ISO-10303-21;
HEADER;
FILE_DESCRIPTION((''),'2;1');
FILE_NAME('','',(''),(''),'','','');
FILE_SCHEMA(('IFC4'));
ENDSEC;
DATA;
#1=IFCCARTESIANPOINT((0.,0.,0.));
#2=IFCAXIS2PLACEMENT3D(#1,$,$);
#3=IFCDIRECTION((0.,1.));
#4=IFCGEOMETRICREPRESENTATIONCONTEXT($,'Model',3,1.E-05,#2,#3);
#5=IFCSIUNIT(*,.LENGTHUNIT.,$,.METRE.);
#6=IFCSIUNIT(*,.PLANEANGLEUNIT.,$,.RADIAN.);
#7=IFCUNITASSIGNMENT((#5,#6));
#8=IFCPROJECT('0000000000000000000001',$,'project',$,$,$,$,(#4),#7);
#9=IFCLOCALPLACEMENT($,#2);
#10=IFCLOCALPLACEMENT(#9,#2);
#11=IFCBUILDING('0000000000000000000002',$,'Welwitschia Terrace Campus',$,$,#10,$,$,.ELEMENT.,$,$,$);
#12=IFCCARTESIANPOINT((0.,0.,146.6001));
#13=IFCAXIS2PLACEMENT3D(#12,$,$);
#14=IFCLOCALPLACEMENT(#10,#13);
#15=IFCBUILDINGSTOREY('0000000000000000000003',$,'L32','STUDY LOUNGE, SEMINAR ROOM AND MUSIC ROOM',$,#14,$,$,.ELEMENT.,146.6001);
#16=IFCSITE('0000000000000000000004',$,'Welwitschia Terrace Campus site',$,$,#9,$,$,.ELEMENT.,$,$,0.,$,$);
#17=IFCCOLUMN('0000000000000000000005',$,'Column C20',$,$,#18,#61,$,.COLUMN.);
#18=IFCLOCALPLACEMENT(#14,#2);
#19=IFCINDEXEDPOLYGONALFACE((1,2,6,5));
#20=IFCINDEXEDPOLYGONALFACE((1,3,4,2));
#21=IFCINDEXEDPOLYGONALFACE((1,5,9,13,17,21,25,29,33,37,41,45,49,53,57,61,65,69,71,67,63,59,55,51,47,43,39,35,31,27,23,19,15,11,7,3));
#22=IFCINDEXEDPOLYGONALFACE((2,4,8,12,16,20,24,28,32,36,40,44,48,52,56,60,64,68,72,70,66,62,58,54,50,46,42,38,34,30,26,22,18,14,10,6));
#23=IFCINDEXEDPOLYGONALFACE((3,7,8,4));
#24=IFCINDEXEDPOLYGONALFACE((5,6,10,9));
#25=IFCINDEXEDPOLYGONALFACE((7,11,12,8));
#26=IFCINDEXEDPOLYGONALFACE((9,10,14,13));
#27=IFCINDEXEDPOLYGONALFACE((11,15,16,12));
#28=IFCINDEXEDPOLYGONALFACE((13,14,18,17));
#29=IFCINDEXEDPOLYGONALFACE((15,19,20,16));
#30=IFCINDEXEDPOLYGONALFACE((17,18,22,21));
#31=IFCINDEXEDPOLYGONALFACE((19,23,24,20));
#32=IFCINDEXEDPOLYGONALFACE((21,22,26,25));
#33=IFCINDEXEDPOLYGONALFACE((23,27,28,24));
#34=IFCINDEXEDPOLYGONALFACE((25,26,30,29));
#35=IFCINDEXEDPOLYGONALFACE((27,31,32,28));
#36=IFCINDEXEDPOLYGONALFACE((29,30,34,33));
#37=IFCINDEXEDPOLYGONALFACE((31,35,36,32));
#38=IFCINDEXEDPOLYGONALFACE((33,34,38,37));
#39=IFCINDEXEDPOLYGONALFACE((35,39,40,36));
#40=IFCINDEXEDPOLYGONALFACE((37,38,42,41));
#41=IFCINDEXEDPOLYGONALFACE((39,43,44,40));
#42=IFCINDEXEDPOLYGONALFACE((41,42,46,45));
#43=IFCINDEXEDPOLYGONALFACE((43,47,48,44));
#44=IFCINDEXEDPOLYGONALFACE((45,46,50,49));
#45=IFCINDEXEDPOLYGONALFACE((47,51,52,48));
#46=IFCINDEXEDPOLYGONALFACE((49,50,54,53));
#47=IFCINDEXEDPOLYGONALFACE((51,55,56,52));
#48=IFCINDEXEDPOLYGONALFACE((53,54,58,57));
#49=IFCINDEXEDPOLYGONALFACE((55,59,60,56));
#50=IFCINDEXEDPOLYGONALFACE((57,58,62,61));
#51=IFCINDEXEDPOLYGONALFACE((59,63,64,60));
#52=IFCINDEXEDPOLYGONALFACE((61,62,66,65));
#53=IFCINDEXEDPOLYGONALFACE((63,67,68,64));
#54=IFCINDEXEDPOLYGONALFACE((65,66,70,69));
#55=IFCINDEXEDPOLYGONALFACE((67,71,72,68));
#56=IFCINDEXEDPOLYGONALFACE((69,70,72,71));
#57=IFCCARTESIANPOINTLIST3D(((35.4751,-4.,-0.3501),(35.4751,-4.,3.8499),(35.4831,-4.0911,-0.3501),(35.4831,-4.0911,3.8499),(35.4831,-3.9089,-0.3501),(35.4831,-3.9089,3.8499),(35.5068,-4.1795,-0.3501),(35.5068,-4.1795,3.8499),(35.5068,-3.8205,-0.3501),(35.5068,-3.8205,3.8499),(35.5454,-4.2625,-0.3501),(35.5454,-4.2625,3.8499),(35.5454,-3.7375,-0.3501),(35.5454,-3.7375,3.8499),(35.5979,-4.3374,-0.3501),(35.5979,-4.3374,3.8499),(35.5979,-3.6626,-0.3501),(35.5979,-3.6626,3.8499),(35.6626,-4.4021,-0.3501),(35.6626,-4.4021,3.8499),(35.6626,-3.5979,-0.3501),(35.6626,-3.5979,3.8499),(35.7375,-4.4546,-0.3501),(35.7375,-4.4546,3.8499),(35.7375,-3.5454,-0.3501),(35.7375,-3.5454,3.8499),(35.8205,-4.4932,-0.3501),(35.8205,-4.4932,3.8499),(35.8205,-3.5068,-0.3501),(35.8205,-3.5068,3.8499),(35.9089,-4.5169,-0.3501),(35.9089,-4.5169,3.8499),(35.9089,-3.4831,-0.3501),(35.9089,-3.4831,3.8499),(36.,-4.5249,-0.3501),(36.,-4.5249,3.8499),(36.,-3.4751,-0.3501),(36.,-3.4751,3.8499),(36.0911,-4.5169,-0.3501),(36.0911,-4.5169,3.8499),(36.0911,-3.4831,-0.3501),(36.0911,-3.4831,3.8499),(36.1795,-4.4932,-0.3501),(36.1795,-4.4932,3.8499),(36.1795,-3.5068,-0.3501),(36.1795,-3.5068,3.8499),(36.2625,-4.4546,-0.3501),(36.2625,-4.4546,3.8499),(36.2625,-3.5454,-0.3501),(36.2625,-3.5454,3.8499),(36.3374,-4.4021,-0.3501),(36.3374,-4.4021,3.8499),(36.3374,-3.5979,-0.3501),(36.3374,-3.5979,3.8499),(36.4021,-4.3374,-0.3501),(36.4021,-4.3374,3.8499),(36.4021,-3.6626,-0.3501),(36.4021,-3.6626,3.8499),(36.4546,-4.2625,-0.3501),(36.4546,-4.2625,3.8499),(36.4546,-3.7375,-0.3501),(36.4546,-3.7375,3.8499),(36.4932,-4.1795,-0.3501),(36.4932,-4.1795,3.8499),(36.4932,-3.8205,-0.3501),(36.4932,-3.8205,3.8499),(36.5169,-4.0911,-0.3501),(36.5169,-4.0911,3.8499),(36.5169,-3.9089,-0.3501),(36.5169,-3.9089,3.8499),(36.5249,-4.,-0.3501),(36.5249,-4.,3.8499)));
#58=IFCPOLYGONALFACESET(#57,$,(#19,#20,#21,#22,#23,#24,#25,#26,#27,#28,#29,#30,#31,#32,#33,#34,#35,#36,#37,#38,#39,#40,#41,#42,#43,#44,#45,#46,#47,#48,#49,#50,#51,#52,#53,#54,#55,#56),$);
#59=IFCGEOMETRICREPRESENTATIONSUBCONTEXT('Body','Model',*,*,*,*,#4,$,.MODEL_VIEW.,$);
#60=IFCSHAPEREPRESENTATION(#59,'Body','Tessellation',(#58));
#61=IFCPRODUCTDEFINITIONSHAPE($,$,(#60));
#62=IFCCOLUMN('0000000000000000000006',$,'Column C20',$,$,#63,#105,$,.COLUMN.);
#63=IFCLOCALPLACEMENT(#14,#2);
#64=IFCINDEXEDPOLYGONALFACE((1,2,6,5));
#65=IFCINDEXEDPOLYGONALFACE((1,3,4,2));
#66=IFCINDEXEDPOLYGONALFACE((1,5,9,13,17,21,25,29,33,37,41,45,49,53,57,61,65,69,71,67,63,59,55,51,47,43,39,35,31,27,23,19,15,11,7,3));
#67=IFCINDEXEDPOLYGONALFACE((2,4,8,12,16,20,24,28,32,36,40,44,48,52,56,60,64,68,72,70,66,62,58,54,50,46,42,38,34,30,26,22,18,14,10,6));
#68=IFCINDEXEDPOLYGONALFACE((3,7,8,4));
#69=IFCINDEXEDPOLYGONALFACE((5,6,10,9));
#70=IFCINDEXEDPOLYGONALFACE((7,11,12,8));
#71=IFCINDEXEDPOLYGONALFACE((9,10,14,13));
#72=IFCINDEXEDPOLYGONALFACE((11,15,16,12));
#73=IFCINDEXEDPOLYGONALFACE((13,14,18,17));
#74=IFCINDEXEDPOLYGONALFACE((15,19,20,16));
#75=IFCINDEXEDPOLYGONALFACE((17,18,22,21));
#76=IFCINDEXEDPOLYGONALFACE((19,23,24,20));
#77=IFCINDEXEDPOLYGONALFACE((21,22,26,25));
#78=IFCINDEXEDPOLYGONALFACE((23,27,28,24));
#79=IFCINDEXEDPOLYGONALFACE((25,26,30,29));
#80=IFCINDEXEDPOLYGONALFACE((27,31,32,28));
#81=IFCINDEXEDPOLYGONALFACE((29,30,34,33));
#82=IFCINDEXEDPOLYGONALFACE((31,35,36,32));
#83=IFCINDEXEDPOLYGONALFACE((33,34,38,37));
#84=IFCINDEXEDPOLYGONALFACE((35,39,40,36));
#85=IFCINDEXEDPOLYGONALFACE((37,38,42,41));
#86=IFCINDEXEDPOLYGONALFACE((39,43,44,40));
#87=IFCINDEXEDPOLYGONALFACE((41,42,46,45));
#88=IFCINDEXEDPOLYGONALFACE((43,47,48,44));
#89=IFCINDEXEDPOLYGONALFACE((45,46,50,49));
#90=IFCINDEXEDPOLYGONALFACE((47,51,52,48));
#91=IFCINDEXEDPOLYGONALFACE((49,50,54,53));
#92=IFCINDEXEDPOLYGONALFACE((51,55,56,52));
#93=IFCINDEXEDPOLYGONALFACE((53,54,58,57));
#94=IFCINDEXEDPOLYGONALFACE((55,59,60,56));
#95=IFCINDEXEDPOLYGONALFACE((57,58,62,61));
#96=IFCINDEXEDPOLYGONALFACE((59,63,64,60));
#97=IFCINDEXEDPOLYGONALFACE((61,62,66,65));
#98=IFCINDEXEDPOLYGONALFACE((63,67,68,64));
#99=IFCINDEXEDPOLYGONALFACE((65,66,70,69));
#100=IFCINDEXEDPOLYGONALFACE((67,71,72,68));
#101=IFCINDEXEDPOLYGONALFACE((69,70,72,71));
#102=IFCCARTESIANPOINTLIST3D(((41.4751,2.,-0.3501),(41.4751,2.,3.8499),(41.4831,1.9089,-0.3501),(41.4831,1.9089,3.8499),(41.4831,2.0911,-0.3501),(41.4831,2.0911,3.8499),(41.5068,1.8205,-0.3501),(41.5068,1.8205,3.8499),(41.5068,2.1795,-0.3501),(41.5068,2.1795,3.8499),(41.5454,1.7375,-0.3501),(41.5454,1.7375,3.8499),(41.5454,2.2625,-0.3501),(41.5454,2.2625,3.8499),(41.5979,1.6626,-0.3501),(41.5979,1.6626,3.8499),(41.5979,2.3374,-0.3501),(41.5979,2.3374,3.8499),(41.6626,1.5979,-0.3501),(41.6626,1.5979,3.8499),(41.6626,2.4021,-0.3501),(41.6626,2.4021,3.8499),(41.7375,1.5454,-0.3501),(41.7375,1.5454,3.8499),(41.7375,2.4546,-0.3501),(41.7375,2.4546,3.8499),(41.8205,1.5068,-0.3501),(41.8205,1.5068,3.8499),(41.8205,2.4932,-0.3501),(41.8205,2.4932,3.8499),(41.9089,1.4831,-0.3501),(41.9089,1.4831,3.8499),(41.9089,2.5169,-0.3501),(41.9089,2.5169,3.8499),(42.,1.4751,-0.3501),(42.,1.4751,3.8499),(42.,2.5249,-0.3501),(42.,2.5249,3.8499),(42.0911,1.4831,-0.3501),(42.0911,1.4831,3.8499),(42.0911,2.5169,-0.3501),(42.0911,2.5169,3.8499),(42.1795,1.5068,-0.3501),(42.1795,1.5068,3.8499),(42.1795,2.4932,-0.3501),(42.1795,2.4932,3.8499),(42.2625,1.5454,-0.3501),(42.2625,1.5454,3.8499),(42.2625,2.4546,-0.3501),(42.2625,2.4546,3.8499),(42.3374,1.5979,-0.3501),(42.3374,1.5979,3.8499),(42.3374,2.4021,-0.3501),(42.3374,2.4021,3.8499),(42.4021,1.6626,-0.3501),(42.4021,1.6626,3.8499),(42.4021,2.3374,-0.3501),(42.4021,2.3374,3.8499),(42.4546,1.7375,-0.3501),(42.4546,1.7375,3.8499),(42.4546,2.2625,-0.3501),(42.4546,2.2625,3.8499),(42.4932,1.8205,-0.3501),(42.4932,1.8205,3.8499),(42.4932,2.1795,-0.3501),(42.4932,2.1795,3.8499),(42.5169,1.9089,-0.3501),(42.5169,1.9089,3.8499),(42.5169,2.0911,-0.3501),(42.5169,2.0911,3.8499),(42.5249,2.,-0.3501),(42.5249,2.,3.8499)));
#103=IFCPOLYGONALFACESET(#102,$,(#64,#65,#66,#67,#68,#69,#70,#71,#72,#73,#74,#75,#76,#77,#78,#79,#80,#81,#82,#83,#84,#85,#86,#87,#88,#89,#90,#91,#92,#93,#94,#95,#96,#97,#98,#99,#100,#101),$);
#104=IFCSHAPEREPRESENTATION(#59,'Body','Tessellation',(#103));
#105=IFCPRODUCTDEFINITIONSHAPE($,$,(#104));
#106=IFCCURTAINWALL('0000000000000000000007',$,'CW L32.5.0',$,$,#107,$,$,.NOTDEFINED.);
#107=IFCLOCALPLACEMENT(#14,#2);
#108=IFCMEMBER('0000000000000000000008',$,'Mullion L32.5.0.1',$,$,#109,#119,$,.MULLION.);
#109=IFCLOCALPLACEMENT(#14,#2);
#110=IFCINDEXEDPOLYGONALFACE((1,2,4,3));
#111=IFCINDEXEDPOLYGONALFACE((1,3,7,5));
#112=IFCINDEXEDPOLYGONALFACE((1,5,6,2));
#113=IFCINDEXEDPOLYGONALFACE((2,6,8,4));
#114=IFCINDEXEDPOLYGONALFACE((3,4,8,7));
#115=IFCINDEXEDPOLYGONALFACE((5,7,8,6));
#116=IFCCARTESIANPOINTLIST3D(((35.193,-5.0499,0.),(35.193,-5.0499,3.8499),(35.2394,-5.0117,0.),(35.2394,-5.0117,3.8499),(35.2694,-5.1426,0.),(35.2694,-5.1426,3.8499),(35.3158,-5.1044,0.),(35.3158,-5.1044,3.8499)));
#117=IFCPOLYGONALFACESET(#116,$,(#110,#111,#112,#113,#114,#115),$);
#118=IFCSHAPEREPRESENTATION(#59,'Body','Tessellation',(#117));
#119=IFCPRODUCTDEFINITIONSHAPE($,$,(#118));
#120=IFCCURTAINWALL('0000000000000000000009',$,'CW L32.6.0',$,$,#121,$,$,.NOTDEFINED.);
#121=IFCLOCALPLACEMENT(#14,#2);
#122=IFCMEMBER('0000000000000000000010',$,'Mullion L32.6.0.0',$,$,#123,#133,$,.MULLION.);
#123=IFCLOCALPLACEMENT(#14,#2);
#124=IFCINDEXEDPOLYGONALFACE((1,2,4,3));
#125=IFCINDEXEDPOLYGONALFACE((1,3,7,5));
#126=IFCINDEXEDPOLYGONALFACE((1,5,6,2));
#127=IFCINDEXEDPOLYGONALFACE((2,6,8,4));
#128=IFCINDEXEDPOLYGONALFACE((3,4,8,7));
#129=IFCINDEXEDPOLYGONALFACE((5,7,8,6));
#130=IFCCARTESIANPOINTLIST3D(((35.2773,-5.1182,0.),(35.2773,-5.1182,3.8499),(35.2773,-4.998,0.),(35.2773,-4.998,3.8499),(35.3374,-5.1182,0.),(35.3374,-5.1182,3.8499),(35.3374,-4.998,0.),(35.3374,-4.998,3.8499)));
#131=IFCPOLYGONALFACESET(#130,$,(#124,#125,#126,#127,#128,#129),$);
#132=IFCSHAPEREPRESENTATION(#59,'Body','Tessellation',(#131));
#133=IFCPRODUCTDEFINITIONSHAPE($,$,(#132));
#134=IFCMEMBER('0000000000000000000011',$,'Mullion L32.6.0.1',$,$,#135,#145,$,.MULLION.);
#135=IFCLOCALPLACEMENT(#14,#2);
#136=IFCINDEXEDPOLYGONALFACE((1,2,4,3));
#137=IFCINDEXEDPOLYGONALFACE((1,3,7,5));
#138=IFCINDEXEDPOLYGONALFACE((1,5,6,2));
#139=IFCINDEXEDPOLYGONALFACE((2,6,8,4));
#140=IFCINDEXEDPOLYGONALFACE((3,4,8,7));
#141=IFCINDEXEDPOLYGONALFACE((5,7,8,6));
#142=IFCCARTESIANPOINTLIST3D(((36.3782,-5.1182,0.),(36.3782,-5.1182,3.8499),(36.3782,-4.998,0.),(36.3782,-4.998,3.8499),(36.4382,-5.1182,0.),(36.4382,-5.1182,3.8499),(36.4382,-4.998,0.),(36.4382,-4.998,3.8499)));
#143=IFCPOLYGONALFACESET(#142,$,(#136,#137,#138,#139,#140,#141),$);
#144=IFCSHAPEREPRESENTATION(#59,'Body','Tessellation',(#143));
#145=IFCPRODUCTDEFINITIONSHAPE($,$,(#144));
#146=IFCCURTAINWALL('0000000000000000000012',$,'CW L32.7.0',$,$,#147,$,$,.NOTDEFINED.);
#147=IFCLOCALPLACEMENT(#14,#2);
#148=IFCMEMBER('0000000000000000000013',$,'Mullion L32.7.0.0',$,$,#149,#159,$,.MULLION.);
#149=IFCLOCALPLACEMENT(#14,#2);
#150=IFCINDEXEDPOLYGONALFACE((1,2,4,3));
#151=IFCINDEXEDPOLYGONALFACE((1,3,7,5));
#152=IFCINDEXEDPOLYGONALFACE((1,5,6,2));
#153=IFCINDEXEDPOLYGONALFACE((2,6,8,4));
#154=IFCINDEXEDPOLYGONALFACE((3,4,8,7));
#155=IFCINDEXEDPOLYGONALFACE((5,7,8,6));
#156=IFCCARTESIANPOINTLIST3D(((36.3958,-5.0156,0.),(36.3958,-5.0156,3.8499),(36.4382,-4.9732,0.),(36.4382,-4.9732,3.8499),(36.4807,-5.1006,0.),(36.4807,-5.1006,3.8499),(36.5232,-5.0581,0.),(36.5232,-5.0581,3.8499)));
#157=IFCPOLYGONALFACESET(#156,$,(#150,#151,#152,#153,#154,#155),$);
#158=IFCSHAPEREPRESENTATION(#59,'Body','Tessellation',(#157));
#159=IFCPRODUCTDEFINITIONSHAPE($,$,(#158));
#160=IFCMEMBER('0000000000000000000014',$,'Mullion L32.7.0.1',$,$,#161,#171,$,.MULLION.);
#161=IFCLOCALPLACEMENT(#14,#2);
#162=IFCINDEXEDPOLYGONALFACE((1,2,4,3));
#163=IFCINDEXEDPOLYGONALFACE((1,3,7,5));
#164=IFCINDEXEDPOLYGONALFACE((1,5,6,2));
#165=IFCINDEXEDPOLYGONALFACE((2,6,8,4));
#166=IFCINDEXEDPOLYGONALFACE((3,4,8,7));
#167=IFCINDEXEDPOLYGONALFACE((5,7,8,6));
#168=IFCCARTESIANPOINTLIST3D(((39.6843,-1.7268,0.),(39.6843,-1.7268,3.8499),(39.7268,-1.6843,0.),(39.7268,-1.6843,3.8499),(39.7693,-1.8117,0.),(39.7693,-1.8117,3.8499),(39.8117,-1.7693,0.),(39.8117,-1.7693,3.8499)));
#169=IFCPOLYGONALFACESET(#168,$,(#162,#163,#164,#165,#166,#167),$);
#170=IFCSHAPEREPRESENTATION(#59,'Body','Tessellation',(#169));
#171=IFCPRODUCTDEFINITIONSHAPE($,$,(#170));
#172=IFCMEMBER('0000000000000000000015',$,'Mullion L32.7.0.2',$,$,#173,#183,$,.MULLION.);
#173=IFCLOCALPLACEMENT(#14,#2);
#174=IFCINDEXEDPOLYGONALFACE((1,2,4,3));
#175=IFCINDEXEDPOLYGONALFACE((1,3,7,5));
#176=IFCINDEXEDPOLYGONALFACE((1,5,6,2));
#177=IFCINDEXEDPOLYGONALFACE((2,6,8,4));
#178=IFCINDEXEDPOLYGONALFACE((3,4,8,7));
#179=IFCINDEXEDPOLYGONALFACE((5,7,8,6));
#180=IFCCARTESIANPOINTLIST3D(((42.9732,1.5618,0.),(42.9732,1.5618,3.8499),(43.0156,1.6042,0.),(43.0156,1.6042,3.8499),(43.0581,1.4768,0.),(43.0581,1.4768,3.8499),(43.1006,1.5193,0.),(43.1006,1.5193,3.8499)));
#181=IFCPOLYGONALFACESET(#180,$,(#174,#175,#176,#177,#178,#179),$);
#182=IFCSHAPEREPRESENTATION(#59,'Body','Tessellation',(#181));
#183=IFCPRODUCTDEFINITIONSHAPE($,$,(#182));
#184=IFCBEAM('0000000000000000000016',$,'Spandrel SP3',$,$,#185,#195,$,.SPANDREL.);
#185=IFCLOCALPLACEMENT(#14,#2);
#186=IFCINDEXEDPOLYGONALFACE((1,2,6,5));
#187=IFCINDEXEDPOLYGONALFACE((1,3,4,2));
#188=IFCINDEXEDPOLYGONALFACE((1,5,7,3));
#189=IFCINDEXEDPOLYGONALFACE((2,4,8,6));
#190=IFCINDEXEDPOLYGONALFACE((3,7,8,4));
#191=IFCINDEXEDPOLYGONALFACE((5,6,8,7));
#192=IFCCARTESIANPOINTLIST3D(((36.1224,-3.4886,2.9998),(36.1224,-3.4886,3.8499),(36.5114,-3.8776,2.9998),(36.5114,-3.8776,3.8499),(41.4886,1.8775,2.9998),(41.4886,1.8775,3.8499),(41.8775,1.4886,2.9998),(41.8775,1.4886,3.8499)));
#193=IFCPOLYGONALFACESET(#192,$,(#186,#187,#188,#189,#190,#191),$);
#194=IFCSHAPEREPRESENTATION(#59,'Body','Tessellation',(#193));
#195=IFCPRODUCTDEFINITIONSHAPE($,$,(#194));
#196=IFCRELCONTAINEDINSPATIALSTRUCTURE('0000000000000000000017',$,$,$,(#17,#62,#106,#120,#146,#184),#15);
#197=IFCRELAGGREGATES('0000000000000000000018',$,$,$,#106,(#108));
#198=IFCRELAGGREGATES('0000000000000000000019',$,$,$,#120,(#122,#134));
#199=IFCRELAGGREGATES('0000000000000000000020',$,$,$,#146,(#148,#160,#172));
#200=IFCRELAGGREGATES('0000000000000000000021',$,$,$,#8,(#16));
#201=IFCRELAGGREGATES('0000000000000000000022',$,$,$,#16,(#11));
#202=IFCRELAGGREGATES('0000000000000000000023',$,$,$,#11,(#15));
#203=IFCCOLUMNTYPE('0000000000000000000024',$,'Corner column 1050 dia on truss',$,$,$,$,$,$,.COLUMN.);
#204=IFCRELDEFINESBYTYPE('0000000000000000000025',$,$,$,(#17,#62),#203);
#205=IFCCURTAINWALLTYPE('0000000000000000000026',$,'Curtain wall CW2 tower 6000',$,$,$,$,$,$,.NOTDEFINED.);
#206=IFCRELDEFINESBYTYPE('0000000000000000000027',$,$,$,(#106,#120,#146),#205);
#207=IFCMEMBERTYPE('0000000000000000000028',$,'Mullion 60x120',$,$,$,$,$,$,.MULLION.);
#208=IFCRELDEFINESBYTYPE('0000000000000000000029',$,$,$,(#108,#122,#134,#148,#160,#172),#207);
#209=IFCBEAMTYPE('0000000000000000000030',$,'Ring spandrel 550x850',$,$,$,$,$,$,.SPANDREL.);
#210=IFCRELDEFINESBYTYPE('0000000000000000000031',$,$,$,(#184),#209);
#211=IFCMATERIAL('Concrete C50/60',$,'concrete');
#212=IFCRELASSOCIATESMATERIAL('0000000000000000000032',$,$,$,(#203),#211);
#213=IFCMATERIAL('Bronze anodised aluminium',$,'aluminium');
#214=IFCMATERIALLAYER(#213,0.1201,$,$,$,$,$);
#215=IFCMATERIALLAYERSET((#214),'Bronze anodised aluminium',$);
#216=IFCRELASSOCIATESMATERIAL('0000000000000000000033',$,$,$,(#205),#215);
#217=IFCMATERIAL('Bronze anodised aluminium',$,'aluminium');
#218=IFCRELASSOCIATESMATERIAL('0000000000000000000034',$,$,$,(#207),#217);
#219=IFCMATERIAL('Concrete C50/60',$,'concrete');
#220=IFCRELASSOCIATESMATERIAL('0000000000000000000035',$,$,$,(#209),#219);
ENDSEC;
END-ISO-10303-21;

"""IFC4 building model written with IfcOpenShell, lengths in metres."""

from ifc_helpers import new_model, si_unit, direction, frame, origin, origin_2d, place, context, subcontext, project, spatial, rectangle, circle, extrude, material, layer, layer_set, material_profile, profile_set, type_object, element, aggregate, save


model = new_model("IFC4")

# Units and contexts
model_context = context("Model", 3, precision=1e-05, world=origin(), true_north=direction((0.0, 1.0)))
body_context = subcontext(model_context, "Body", "Model", "MODEL_VIEW")
ifc_project = project(units=[si_unit("LENGTHUNIT", "METRE"), si_unit("PLANEANGLEUNIT", "RADIAN")], contexts=[model_context])

# Site, building, storey
site_placement = place(None, origin())
site = spatial("IfcSite", under=ifc_project, at=site_placement, Name="Welwitschia Terrace Campus site", CompositionType="ELEMENT", RefElevation=0.0)
building_placement = place(site_placement, origin())
building = spatial("IfcBuilding", under=site, at=building_placement, Name="Welwitschia Terrace Campus", CompositionType="ELEMENT")
storey_placement = place(building_placement, frame((0.0, 0.0, 146.6001)))
storey = spatial("IfcBuildingStorey", under=building, at=storey_placement, Name="L32", Description="STUDY LOUNGE, SEMINAR ROOM AND MUSIC ROOM", CompositionType="ELEMENT", Elevation=146.6001)

# Columns
ifc_material_1 = material(Name="Concrete C50/60", Category="concrete")
ifc_material_profile_1 = material_profile(ifc_material_1, circle(Radius=0.5249, at=origin_2d()))
ifc_profile_set_1 = profile_set([ifc_material_profile_1], Name="Concrete C50/60")
column_type = type_object("IfcColumnType", Name="Corner column 1050 dia on truss", PredefinedType="COLUMN", material=ifc_profile_set_1)
for number, where, z_axis, x_axis, name in (
    (1, (36.0, -4.0, -0.3501), (0.0, 0.0, 1.0), (1.0, 0.0, 0.0), "Column C20"),
    (2, (42.0, 2.0, -0.3501), (0.0, 0.0, 1.0), (1.0, 0.0, 0.0), "Column C20"),
):
    element("IfcColumn", number, at=place(storey_placement, frame(where, z_axis=z_axis, x_axis=x_axis)), inside=storey, type_object=column_type, Name=name, PredefinedType="COLUMN", context=body_context, shape_type="SweptSolid", body=[
        extrude(circle(Radius=0.5249, at=origin_2d()), origin(), (0.0, 0.0, 1.0), 4.2),
    ])

# Curtain wall, member
ifc_material_2 = material(Name="Bronze anodised aluminium", Category="aluminium")
ifc_layer_1 = layer(ifc_material_2, 0.1201)
ifc_layer_set_1 = layer_set([ifc_layer_1], Name="Bronze anodised aluminium")
curtain_wall_type = type_object("IfcCurtainWallType", Name="Curtain wall CW2 tower 6000", PredefinedType="NOTDEFINED", material=ifc_layer_set_1)
curtain_wall_1_placement = place(storey_placement, origin())
curtain_wall_1 = element("IfcCurtainWall", 3, at=curtain_wall_1_placement, inside=storey, type_object=curtain_wall_type, Name="CW L32.5.0", PredefinedType="NOTDEFINED")
ifc_material_3 = material(Name="Bronze anodised aluminium", Category="aluminium")
ifc_material_profile_2 = material_profile(ifc_material_3, rectangle(XDim=0.1201, YDim=0.0601, at=origin_2d()))
ifc_profile_set_2 = profile_set([ifc_material_profile_2], Name="Bronze anodised aluminium")
member_type_1 = type_object("IfcMemberType", Name="Mullion 60x120", PredefinedType="MULLION", material=ifc_profile_set_2)
member_1_placement = place(storey_placement, frame((35.2544, -5.0771, 0.0), z_axis=(0.0, 0.0, 1.0), x_axis=(-0.636078, 0.771625, 0.0)))
member_1 = element("IfcMember", 4, at=member_1_placement, type_object=member_type_1, Name="Mullion L32.5.0.1", PredefinedType="MULLION", context=body_context, shape_type="SweptSolid", body=[
    extrude(rectangle(XDim=0.1201, YDim=0.0601, at=origin_2d()), origin(), (0.0, 0.0, 1.0), 3.8499),
])

# Curtain walls, members
curtain_wall_2_placement = place(storey_placement, origin())
curtain_wall_2 = element("IfcCurtainWall", 5, at=curtain_wall_2_placement, inside=storey, type_object=curtain_wall_type, Name="CW L32.6.0", PredefinedType="NOTDEFINED")
member_2_placement = place(storey_placement, frame((35.3074, -5.0581, 0.0), z_axis=(0.0, 0.0, 1.0), x_axis=(0.0, 1.0, 0.0)))
member_2 = element("IfcMember", 6, at=member_2_placement, type_object=member_type_1, Name="Mullion L32.6.0.0", PredefinedType="MULLION", context=body_context, shape_type="SweptSolid", body=[
    extrude(rectangle(XDim=0.1201, YDim=0.0601, at=origin_2d()), origin(), (0.0, 0.0, 1.0), 3.8499),
])
member_3_placement = place(storey_placement, frame((36.4082, -5.0581, 0.0), z_axis=(0.0, 0.0, 1.0), x_axis=(0.0, 1.0, 0.0)))
member_3 = element("IfcMember", 7, at=member_3_placement, type_object=member_type_1, Name="Mullion L32.6.0.1", PredefinedType="MULLION", context=body_context, shape_type="SweptSolid", body=[
    extrude(rectangle(XDim=0.1201, YDim=0.0601, at=origin_2d()), origin(), (0.0, 0.0, 1.0), 3.8499),
])
curtain_wall_3_placement = place(storey_placement, origin())
curtain_wall_3 = element("IfcCurtainWall", 8, at=curtain_wall_3_placement, inside=storey, type_object=curtain_wall_type, Name="CW L32.7.0", PredefinedType="NOTDEFINED")
member_4_placement = place(storey_placement, frame((36.4595, -5.0369, 0.0), z_axis=(0.0, 0.0, 1.0), x_axis=(-0.707107, 0.707107, 0.0)))
member_4 = element("IfcMember", 9, at=member_4_placement, type_object=member_type_1, Name="Mullion L32.7.0.0", PredefinedType="MULLION", context=body_context, shape_type="SweptSolid", body=[
    extrude(rectangle(XDim=0.1201, YDim=0.0601, at=origin_2d()), origin(), (0.0, 0.0, 1.0), 3.8499),
])
member_5_placement = place(storey_placement, frame((39.748, -1.748, 0.0), z_axis=(0.0, 0.0, 1.0), x_axis=(-0.707107, 0.707107, 0.0)))
member_5 = element("IfcMember", 10, at=member_5_placement, type_object=member_type_1, Name="Mullion L32.7.0.1", PredefinedType="MULLION", context=body_context, shape_type="SweptSolid", body=[
    extrude(rectangle(XDim=0.1201, YDim=0.0601, at=origin_2d()), origin(), (0.0, 0.0, 1.0), 3.8499),
])
member_6_placement = place(storey_placement, frame((43.0369, 1.5405, 0.0), z_axis=(0.0, 0.0, 1.0), x_axis=(-0.707107, 0.707107, 0.0)))
member_6 = element("IfcMember", 11, at=member_6_placement, type_object=member_type_1, Name="Mullion L32.7.0.2", PredefinedType="MULLION", context=body_context, shape_type="SweptSolid", body=[
    extrude(rectangle(XDim=0.1201, YDim=0.0601, at=origin_2d()), origin(), (0.0, 0.0, 1.0), 3.8499),
])

# Beam
ifc_material_4 = material(Name="Concrete C50/60", Category="concrete")
ifc_material_profile_3 = material_profile(ifc_material_4, rectangle(XDim=0.55, YDim=0.8501, at=origin_2d()))
ifc_profile_set_3 = profile_set([ifc_material_profile_3], Name="Concrete C50/60")
beam_type = type_object("IfcBeamType", Name="Ring spandrel 550x850", PredefinedType="SPANDREL", material=ifc_profile_set_3)
beam_placement = place(storey_placement, frame((36.3169, -3.6831, 3.4248), z_axis=(0.707107, 0.707107, 0.0), x_axis=(-0.707107, 0.707107, 0.0)))
element("IfcBeam", 12, at=beam_placement, inside=storey, type_object=beam_type, Name="Spandrel SP3", PredefinedType="SPANDREL", context=body_context, shape_type="SweptSolid", body=[
    extrude(rectangle(XDim=0.55, YDim=0.8501, at=origin_2d()), origin(), (0.0, 0.0, 1.0), 7.5889),
])

aggregate(curtain_wall_1, [member_1])
aggregate(curtain_wall_2, [member_2, member_3])
aggregate(curtain_wall_3, [member_4, member_5, member_6])

save(model, "model.ifc")
